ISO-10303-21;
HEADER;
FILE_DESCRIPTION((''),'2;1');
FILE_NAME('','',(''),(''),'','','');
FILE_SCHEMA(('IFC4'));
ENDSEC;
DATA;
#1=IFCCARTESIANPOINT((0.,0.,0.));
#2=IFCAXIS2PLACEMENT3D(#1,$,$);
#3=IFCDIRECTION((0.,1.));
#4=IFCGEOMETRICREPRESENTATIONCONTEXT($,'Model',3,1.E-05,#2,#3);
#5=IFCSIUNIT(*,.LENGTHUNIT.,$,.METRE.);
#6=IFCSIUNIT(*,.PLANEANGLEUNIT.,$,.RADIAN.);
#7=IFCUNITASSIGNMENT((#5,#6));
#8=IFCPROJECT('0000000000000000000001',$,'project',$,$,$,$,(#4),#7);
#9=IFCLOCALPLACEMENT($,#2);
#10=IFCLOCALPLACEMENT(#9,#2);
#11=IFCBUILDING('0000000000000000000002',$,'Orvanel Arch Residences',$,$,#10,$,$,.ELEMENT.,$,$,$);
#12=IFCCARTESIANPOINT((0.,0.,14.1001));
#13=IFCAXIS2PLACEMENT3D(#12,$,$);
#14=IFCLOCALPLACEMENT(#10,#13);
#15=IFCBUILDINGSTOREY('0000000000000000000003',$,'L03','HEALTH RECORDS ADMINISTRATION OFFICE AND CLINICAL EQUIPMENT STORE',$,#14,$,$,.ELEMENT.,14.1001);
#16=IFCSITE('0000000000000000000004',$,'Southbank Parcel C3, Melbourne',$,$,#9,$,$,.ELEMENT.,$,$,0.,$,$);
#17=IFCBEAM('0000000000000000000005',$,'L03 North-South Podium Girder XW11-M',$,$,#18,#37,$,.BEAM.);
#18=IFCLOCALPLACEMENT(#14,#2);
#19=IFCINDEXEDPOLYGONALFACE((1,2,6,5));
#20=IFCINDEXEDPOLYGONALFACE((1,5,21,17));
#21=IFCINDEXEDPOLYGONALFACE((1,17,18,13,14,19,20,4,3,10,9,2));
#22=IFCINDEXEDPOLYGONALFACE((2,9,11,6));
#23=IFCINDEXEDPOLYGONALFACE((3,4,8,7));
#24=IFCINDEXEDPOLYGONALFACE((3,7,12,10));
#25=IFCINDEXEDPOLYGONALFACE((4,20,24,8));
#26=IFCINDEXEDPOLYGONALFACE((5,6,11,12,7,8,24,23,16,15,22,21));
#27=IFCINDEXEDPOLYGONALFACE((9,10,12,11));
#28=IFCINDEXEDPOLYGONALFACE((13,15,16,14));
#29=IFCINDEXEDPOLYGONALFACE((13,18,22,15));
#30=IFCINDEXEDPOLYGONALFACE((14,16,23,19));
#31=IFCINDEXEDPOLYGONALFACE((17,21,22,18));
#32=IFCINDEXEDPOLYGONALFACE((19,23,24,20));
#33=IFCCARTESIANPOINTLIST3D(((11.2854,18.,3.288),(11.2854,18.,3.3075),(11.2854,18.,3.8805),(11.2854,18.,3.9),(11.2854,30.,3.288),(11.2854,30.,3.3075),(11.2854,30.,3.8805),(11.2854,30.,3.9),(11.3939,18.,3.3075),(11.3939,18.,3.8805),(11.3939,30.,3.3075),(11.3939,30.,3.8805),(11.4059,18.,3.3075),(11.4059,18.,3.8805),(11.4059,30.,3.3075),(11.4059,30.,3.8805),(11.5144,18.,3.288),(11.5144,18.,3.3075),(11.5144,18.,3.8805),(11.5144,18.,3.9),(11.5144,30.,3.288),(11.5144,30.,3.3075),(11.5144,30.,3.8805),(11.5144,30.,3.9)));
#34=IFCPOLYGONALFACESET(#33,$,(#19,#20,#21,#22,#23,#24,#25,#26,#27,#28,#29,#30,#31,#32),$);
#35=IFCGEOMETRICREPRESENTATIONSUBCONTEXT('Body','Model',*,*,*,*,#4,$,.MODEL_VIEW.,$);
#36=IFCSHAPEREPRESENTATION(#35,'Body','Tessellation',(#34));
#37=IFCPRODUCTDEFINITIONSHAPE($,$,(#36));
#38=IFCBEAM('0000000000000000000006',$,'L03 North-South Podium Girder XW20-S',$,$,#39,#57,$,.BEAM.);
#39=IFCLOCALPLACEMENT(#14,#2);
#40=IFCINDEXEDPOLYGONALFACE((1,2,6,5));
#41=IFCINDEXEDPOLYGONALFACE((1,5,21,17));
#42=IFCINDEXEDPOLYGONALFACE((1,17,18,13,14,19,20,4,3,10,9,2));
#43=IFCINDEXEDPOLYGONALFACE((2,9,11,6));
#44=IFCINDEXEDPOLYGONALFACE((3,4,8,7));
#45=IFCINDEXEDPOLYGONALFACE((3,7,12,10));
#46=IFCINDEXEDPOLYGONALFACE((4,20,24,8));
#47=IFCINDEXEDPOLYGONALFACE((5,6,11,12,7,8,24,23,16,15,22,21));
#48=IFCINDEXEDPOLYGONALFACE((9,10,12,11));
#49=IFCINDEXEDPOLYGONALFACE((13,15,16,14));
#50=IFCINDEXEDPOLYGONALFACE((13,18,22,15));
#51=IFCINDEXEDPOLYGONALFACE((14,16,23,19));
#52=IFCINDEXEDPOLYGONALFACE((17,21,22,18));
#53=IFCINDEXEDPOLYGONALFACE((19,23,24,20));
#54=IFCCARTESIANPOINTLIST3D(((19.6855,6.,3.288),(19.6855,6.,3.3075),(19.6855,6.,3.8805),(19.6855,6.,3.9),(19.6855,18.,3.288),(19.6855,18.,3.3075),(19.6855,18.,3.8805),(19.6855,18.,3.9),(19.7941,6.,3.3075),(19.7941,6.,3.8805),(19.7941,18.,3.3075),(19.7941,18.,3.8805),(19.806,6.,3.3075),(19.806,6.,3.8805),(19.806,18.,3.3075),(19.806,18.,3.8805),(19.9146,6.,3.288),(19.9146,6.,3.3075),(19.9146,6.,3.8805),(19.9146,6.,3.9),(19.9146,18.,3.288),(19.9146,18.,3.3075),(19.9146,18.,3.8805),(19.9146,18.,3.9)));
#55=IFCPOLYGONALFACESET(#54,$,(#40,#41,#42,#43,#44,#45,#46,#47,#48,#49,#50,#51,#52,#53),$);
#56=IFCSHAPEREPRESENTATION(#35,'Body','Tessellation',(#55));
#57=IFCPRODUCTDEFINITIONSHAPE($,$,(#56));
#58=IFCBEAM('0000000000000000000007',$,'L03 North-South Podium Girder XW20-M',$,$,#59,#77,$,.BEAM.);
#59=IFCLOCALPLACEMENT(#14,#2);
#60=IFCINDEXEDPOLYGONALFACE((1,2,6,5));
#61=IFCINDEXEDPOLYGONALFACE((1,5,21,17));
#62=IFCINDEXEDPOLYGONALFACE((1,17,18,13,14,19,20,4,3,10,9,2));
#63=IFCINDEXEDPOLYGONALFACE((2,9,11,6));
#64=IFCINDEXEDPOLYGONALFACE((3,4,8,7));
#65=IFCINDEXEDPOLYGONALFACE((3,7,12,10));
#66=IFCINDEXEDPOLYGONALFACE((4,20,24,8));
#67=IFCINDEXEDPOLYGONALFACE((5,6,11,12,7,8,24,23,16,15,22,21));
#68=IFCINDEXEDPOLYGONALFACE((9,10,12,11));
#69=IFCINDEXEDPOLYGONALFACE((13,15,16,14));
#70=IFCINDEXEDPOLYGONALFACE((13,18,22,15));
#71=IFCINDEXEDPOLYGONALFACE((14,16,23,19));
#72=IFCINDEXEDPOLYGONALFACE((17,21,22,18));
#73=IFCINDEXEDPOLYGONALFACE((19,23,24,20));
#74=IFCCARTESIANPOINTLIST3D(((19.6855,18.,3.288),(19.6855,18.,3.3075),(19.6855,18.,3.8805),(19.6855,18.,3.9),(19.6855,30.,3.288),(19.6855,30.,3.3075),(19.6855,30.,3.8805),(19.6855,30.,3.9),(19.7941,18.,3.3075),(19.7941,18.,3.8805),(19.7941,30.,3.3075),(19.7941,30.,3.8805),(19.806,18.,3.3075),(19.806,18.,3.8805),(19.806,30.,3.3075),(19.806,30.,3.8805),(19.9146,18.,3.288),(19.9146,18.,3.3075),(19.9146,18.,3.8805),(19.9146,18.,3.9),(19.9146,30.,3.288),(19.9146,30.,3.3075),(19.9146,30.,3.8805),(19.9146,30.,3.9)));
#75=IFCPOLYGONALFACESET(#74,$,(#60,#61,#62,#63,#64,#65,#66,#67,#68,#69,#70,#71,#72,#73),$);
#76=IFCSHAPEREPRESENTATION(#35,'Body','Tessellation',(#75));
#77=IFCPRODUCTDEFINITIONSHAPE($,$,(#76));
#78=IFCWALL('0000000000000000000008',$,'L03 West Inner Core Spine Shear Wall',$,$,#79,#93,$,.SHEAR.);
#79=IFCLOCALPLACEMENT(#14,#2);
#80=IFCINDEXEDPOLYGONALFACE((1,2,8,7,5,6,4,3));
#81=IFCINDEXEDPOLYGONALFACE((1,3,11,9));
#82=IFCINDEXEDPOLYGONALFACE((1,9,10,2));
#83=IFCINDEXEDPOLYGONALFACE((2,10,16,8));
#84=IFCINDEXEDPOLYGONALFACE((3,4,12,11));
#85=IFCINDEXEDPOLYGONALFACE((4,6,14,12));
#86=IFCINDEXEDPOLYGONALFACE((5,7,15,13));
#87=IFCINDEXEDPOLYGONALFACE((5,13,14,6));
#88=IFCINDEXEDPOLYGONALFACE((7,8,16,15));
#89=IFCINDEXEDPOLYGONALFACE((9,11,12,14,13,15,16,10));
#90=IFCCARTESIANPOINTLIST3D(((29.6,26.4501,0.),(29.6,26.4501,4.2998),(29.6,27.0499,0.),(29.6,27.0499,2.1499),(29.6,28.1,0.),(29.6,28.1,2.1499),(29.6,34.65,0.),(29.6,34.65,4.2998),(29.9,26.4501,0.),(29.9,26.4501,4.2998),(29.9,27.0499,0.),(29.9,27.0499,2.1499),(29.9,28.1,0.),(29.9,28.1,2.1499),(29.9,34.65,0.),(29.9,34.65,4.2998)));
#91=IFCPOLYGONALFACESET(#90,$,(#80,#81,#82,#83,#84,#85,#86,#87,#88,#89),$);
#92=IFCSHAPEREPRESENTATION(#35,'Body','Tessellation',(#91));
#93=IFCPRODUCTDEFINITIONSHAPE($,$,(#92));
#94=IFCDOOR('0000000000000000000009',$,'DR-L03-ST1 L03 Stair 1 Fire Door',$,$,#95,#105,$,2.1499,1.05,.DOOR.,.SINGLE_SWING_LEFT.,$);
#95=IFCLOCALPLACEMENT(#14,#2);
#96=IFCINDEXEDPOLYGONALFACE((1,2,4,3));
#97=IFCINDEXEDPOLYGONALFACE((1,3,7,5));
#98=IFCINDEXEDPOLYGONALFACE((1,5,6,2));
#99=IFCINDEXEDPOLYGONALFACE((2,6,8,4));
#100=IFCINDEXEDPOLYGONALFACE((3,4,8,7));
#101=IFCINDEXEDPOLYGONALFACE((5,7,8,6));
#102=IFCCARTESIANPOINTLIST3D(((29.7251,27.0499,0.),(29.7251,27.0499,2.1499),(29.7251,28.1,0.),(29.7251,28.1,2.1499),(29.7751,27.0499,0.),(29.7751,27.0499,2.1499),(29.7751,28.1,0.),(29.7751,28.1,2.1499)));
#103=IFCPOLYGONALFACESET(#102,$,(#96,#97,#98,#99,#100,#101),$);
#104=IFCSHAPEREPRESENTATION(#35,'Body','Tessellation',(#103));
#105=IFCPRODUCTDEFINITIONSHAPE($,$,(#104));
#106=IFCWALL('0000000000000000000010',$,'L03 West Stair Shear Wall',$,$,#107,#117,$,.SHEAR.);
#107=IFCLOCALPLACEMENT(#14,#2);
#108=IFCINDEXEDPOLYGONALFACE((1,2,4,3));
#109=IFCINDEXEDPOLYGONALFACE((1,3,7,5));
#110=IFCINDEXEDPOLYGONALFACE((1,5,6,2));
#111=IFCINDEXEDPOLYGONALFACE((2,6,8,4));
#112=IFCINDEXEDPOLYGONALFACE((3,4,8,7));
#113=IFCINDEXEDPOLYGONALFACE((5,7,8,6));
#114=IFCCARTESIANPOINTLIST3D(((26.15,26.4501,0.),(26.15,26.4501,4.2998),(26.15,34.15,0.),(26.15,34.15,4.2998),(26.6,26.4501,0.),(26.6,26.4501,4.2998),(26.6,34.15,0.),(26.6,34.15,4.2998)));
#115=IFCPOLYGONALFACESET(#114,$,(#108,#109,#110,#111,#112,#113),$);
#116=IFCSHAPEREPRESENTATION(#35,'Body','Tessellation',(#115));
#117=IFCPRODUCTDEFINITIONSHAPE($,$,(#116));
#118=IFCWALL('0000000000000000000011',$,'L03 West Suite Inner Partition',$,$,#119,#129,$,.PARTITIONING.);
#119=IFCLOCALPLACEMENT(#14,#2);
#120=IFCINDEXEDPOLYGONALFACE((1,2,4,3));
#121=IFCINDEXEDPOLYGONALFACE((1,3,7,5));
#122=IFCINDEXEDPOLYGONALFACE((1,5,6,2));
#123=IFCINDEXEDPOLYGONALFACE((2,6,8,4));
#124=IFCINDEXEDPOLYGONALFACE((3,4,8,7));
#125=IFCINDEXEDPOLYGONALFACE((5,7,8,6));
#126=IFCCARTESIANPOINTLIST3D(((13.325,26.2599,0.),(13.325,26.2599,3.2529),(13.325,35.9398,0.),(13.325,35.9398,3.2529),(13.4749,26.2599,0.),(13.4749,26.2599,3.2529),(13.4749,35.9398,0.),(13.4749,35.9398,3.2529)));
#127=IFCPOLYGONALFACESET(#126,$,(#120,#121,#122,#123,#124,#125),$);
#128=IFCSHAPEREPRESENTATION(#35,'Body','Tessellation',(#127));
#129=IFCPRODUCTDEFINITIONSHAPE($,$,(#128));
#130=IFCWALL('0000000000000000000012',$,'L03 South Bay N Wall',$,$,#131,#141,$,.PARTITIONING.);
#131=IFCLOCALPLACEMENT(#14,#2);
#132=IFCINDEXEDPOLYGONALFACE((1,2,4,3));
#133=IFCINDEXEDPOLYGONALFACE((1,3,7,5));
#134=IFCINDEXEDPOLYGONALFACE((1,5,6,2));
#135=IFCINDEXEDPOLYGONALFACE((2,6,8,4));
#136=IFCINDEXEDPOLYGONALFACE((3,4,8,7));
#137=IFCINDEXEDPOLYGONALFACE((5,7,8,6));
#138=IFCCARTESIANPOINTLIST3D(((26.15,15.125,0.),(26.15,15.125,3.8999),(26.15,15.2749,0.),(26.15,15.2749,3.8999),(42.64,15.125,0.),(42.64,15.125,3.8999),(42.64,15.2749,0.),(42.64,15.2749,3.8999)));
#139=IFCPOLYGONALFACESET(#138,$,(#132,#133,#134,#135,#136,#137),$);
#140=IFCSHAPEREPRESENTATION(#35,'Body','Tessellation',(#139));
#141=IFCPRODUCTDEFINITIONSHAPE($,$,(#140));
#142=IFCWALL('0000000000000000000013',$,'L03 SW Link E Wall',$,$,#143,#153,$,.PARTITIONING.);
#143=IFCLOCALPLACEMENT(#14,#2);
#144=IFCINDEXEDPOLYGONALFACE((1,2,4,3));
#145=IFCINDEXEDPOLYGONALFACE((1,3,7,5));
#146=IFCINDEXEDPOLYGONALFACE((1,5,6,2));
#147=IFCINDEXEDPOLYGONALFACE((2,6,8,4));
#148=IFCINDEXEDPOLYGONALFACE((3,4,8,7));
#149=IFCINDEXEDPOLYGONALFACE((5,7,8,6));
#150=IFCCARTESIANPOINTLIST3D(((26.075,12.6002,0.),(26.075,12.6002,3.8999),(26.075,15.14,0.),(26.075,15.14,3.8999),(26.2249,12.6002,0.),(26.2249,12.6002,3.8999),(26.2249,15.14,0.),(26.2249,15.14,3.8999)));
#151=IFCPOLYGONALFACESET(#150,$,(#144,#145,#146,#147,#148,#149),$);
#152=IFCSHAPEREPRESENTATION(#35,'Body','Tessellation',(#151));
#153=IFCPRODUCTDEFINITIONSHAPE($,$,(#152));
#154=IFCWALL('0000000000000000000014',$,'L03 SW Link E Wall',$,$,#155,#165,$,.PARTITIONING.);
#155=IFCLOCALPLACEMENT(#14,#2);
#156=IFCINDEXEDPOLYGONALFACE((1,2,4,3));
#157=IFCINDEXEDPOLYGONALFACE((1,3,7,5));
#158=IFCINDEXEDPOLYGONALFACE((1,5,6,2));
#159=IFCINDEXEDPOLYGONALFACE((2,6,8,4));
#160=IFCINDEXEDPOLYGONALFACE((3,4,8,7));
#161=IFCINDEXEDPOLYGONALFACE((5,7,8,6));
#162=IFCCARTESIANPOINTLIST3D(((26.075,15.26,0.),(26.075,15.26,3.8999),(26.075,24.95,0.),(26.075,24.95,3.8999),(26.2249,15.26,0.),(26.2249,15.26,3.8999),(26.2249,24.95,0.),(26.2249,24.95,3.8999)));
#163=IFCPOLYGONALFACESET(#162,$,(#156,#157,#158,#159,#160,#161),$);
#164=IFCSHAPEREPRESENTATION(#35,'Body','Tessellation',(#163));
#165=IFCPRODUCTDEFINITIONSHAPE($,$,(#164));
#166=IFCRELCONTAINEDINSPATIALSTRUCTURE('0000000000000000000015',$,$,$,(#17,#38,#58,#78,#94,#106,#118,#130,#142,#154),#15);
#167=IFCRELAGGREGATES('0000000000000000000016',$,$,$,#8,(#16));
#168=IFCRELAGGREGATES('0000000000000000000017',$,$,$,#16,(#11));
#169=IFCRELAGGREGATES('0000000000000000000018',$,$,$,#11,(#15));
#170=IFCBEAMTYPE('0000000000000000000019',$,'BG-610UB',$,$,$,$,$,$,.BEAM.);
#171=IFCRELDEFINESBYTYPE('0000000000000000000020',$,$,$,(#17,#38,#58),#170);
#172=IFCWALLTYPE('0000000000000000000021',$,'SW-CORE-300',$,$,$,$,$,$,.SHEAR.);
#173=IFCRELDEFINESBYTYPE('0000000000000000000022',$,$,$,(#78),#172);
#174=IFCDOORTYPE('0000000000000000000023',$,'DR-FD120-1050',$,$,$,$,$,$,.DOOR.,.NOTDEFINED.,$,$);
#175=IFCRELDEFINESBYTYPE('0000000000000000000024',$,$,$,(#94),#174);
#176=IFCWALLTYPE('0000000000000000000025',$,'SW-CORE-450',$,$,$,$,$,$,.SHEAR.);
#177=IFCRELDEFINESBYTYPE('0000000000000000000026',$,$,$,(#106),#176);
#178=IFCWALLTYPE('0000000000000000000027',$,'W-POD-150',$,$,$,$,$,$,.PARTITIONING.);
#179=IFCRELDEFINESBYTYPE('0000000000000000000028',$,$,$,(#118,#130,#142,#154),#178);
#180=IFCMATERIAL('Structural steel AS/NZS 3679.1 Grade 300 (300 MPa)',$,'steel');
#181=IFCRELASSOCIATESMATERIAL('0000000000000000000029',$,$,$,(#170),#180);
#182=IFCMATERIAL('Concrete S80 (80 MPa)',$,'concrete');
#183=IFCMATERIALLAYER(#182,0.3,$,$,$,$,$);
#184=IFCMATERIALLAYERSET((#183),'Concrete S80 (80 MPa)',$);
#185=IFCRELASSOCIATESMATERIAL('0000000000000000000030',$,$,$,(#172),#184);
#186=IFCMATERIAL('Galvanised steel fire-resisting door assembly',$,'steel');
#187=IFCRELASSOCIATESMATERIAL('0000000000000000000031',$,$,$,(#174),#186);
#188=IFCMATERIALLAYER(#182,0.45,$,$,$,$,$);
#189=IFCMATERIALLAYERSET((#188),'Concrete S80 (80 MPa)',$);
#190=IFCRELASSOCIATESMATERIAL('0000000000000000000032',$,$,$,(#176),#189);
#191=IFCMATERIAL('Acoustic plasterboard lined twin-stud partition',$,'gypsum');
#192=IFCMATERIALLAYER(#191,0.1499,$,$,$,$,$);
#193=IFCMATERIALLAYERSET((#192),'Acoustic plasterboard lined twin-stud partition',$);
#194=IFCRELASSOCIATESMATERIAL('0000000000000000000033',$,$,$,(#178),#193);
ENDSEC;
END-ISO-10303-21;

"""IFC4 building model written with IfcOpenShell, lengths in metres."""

from ifc_helpers import new_model, si_unit, direction, frame, frame_2d, origin, origin_2d, place, context, subcontext, project, spatial, rectangle, i_section, extrude, material, layer, layer_set, material_profile, profile_set, type_object, element, fill, save


model = new_model("IFC4")

# Units and contexts
model_context = context("Model", 3, precision=1e-05, world=origin(), true_north=direction((0.0, 1.0)))
body_context = subcontext(model_context, "Body", "Model", "MODEL_VIEW")
ifc_project = project(units=[si_unit("LENGTHUNIT", "METRE"), si_unit("PLANEANGLEUNIT", "RADIAN")], contexts=[model_context])

# Site, building, storey
site_placement = place(None, origin())
site = spatial("IfcSite", under=ifc_project, at=site_placement, Name="Southbank Parcel C3, Melbourne", CompositionType="ELEMENT", RefElevation=0.0)
building_placement = place(site_placement, origin())
building = spatial("IfcBuilding", under=site, at=building_placement, Name="Orvanel Arch Residences", CompositionType="ELEMENT")
storey_placement = place(building_placement, frame((0.0, 0.0, 14.1001)))
storey = spatial("IfcBuildingStorey", under=building, at=storey_placement, Name="L03", Description="HEALTH RECORDS ADMINISTRATION OFFICE AND CLINICAL EQUIPMENT STORE", CompositionType="ELEMENT", Elevation=14.1001)

# Shared definitions
ifc_material_1 = material(Name="Structural steel AS/NZS 3679.1 Grade 300 (300 MPa)", Category="steel")

# Beams
ifc_material_profile_1 = material_profile(ifc_material_1, i_section(OverallWidth=0.229, OverallDepth=0.6121, WebThickness=0.012, FlangeThickness=0.0195, at=origin_2d()), Name="610UB125")
ifc_profile_set_1 = profile_set([ifc_material_profile_1], Name="Structural steel AS/NZS 3679.1 Grade 300 (300 MPa)")
beam_type = type_object("IfcBeamType", Name="BG-610UB", PredefinedType="BEAM", material=ifc_profile_set_1)
for number, where, z_axis, x_axis, name in (
    (1, (11.3999, 18.0, 3.594), (0.0, 1.0, 0.0), (-1.0, 0.0, 0.0), "L03 North-South Podium Girder XW11-M"),
    (2, (19.8, 6.0, 3.594), (0.0, 1.0, 0.0), (-1.0, 0.0, 0.0), "L03 North-South Podium Girder XW20-S"),
    (3, (19.8, 18.0, 3.594), (0.0, 1.0, 0.0), (-1.0, 0.0, 0.0), "L03 North-South Podium Girder XW20-M"),
):
    element("IfcBeam", number, at=place(storey_placement, frame(where, z_axis=z_axis, x_axis=x_axis)), inside=storey, type_object=beam_type, Name=name, PredefinedType="BEAM", context=body_context, shape_type="SweptSolid", body=[
        extrude(i_section(OverallWidth=0.229, OverallDepth=0.6121, WebThickness=0.012, FlangeThickness=0.0195, at=origin_2d()), origin(), (0.0, 0.0, 1.0), 12.0),
    ])

# Wall, opening, door
ifc_material_2 = material(Name="Concrete S80 (80 MPa)", Category="concrete")
ifc_layer_1 = layer(ifc_material_2, 0.3)
ifc_layer_set_1 = layer_set([ifc_layer_1], Name="Concrete S80 (80 MPa)")
wall_type_1 = type_object("IfcWallType", Name="SW-CORE-300", PredefinedType="SHEAR", material=ifc_layer_set_1)
wall_1_placement = place(storey_placement, frame((29.75, 26.45, 0.0), z_axis=(0.0, 0.0, 1.0), x_axis=(0.0, 1.0, 0.0)))
wall_1 = element("IfcWall", 4, at=wall_1_placement, inside=storey, type_object=wall_type_1, Name="L03 West Inner Core Spine Shear Wall", PredefinedType="SHEAR", context=body_context, shape_type="SweptSolid", body=[
    extrude(rectangle(XDim=8.2, YDim=0.3, at=frame_2d((4.1001, 0.0))), origin(), (0.0, 0.0, 1.0), 4.2998),
])
opening_1_placement = place(wall_1_placement, frame((0.6001, 0.0, 0.0)))
opening_1 = element("IfcOpeningElement", 5, at=opening_1_placement, cuts=wall_1, PredefinedType="OPENING", context=body_context, shape_type="SweptSolid", body=[
    extrude(rectangle(XDim=1.05, YDim=2.1499, at=frame_2d((0.5249, 1.075))), frame((0.0, 0.1599, 0.0), z_axis=(0.0, -1.0, 0.0), x_axis=(1.0, 0.0, 0.0)), (0.0, 0.0, 1.0), 0.3201),
])
ifc_material_3 = material(Name="Galvanised steel fire-resisting door assembly", Category="steel")
door_type_1 = type_object("IfcDoorType", Name="DR-FD120-1050", OperationType="NOTDEFINED", PredefinedType="DOOR", material=ifc_material_3)
door_1_placement = place(opening_1_placement, origin())
door_1 = element("IfcDoor", 6, at=door_1_placement, inside=storey, type_object=door_type_1, Name="DR-L03-ST1 L03 Stair 1 Fire Door", OperationType="SINGLE_SWING_LEFT", OverallHeight=2.1499, OverallWidth=1.05, PredefinedType="DOOR", context=body_context, shape_type="SweptSolid", body=[
    extrude(rectangle(XDim=1.05, YDim=2.1499, at=frame_2d((0.5249, 1.075))), frame((0.0, 0.0249, 0.0), z_axis=(0.0, -1.0, 0.0), x_axis=(1.0, 0.0, 0.0)), (0.0, 0.0, 1.0), 0.05),
])
fill(opening_1, door_1)

# Shared definitions
ifc_layer_2 = layer(ifc_material_2, 0.45)
ifc_layer_set_2 = layer_set([ifc_layer_2], Name="Concrete S80 (80 MPa)")
wall_type_2 = type_object("IfcWallType", Name="SW-CORE-450", PredefinedType="SHEAR", material=ifc_layer_set_2)

# Walls
wall_2_placement = place(storey_placement, frame((26.375, 26.45, 0.0), z_axis=(0.0, 0.0, 1.0), x_axis=(0.0, 1.0, 0.0)))
element("IfcWall", 7, at=wall_2_placement, inside=storey, type_object=wall_type_2, Name="L03 West Stair Shear Wall", PredefinedType="SHEAR", context=body_context, shape_type="SweptSolid", body=[
    extrude(rectangle(XDim=7.7, YDim=0.45, at=frame_2d((3.8501, 0.0))), origin(), (0.0, 0.0, 1.0), 4.2998),
])
ifc_material_4 = material(Name="Acoustic plasterboard lined twin-stud partition", Category="gypsum")
ifc_layer_3 = layer(ifc_material_4, 0.1499)
ifc_layer_set_3 = layer_set([ifc_layer_3], Name="Acoustic plasterboard lined twin-stud partition")
wall_type_3 = type_object("IfcWallType", Name="W-POD-150", PredefinedType="PARTITIONING", material=ifc_layer_set_3)
wall_3_placement = place(storey_placement, frame((13.3999, 26.26, 0.0), z_axis=(0.0, 0.0, 1.0), x_axis=(0.0, 1.0, 0.0)))
element("IfcWall", 8, at=wall_3_placement, inside=storey, type_object=wall_type_3, Name="L03 West Suite Inner Partition", PredefinedType="PARTITIONING", context=body_context, shape_type="SweptSolid", body=[
    extrude(rectangle(XDim=9.6799, YDim=0.1499, at=frame_2d((4.8398, 0.0))), origin(), (0.0, 0.0, 1.0), 3.2529),
])
wall_4_placement = place(storey_placement, frame((26.1499, 15.2, 0.0), z_axis=(0.0, 0.0, 1.0), x_axis=(1.0, 0.0, 0.0)))
element("IfcWall", 9, at=wall_4_placement, inside=storey, type_object=wall_type_3, Name="L03 South Bay N Wall", PredefinedType="PARTITIONING", context=body_context, shape_type="SweptSolid", body=[
    extrude(rectangle(XDim=16.49, YDim=0.1499, at=frame_2d((8.2451, 0.0))), origin(), (0.0, 0.0, 1.0), 3.8999),
])
wall_5_placement = place(storey_placement, frame((26.1499, 12.6001, 0.0), z_axis=(0.0, 0.0, 1.0), x_axis=(0.0, 1.0, 0.0)))
element("IfcWall", 10, at=wall_5_placement, inside=storey, type_object=wall_type_3, Name="L03 SW Link E Wall", PredefinedType="PARTITIONING", context=body_context, shape_type="SweptSolid", body=[
    extrude(rectangle(XDim=2.5398, YDim=0.1499, at=frame_2d((1.27, 0.0))), origin(), (0.0, 0.0, 1.0), 3.8999),
])
wall_6_placement = place(storey_placement, frame((26.1499, 15.26, 0.0), z_axis=(0.0, 0.0, 1.0), x_axis=(0.0, 1.0, 0.0)))
element("IfcWall", 11, at=wall_6_placement, inside=storey, type_object=wall_type_3, Name="L03 SW Link E Wall", PredefinedType="PARTITIONING", context=body_context, shape_type="SweptSolid", body=[
    extrude(rectangle(XDim=9.6899, YDim=0.1499, at=frame_2d((4.845, 0.0))), origin(), (0.0, 0.0, 1.0), 3.8999),
])

save(model, "model.ifc")
